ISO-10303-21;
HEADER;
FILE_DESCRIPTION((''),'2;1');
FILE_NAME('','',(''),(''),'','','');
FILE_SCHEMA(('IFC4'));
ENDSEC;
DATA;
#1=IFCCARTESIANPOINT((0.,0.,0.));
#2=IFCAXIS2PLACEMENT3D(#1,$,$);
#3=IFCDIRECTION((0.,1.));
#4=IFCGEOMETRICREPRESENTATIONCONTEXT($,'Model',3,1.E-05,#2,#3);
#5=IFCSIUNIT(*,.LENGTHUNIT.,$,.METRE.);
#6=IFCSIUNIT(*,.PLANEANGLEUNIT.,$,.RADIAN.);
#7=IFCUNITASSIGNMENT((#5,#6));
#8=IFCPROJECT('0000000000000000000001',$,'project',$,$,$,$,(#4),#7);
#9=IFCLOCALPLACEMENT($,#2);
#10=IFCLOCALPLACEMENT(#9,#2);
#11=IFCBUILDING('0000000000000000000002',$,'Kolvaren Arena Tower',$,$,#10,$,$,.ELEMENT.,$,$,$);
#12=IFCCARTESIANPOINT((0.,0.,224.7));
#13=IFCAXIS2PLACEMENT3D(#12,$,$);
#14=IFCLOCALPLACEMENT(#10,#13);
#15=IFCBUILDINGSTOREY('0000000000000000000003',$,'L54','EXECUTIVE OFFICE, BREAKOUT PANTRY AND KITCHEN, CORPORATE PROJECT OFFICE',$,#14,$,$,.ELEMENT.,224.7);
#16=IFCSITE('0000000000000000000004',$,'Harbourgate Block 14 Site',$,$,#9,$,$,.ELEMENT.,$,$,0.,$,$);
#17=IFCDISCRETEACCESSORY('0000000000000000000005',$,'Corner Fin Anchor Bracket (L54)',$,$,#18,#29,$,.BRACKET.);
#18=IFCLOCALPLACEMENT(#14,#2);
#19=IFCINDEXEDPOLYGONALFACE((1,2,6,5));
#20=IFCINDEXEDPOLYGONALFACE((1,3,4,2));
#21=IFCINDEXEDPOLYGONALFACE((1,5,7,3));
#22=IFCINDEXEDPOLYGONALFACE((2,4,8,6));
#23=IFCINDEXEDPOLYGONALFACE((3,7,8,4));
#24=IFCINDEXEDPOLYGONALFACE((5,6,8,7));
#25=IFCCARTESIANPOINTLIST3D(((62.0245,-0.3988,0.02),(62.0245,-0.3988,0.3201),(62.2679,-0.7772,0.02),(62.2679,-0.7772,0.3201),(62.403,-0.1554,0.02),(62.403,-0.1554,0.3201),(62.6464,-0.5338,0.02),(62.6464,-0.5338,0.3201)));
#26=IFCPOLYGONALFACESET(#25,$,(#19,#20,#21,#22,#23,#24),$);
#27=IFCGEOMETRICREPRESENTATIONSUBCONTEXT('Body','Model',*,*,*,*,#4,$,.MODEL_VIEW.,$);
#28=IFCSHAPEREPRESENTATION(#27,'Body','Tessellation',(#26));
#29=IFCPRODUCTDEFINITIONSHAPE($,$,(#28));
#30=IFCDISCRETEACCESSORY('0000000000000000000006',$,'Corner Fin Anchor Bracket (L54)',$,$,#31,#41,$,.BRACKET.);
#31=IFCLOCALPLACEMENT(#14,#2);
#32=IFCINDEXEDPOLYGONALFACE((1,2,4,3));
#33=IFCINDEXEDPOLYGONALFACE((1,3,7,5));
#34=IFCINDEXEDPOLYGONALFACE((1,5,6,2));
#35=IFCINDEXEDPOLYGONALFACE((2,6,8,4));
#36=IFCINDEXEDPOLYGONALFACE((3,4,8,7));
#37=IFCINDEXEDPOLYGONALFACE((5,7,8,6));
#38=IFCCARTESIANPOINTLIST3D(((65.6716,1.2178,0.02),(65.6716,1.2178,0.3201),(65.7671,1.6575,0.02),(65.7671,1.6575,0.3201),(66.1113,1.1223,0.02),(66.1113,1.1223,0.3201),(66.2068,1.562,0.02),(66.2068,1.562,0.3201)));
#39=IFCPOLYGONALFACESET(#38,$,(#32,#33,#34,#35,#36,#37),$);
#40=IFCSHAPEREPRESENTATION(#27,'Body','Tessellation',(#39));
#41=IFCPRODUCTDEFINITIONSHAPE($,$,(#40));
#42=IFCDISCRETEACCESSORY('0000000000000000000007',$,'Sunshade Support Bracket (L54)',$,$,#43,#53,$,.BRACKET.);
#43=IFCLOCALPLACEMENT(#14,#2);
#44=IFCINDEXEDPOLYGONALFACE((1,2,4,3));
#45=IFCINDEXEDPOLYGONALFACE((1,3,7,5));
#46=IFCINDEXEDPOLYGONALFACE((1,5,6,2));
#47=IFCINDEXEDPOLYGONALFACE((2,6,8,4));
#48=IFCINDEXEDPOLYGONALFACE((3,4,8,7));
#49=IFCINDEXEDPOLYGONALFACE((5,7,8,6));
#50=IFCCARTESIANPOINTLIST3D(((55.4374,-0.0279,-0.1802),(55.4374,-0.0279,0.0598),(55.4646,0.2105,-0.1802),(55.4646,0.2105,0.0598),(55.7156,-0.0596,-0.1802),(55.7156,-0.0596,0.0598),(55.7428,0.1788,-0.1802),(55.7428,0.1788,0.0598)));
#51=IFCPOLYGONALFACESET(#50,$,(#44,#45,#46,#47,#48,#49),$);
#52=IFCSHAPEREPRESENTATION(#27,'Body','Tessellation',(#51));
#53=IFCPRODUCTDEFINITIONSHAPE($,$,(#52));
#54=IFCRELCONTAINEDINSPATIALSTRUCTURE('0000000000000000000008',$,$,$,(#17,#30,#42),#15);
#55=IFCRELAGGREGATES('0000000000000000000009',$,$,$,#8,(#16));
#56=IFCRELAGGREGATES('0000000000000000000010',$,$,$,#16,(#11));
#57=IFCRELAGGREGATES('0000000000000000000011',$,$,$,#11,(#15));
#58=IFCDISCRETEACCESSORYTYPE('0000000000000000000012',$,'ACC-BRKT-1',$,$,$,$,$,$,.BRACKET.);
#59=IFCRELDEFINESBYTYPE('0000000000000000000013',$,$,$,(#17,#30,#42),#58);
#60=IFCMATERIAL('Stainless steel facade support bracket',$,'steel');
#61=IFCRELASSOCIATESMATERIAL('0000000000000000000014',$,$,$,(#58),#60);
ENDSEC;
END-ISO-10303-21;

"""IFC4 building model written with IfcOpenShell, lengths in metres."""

from ifc_helpers import new_model, si_unit, direction, frame, origin, origin_2d, place, context, subcontext, project, spatial, rectangle, extrude, material, type_object, element, save


model = new_model("IFC4")

# Units and contexts
model_context = context("Model", 3, precision=1e-05, world=origin(), true_north=direction((0.0, 1.0)))
body_context = subcontext(model_context, "Body", "Model", "MODEL_VIEW")
ifc_project = project(units=[si_unit("LENGTHUNIT", "METRE"), si_unit("PLANEANGLEUNIT", "RADIAN")], contexts=[model_context])

# Site, building, storey
site_placement = place(None, origin())
site = spatial("IfcSite", under=ifc_project, at=site_placement, Name="Harbourgate Block 14 Site", CompositionType="ELEMENT", RefElevation=0.0)
building_placement = place(site_placement, origin())
building = spatial("IfcBuilding", under=site, at=building_placement, Name="Kolvaren Arena Tower", CompositionType="ELEMENT")
storey_placement = place(building_placement, frame((0.0, 0.0, 224.7)))
storey = spatial("IfcBuildingStorey", under=building, at=storey_placement, Name="L54", Description="EXECUTIVE OFFICE, BREAKOUT PANTRY AND KITCHEN, CORPORATE PROJECT OFFICE", CompositionType="ELEMENT", Elevation=224.7)

# Discrete accessories
ifc_material_1 = material(Name="Stainless steel facade support bracket", Category="steel")
discrete_accessory_type = type_object("IfcDiscreteAccessoryType", Name="ACC-BRKT-1", PredefinedType="BRACKET", material=ifc_material_1)
for number, where, z_axis, x_axis, name in (
    (1, (62.3354, -0.4663, 0.02), (0.0, 0.0, 1.0), (0.540982, -0.841034, 0.0), "Corner Fin Anchor Bracket (L54)"),
    (2, (65.9392, 1.3899, 0.02), (0.0, 0.0, 1.0), (0.977234, -0.212162, 0.0), "Corner Fin Anchor Bracket (L54)"),
):
    element("IfcDiscreteAccessory", number, at=place(storey_placement, frame(where, z_axis=z_axis, x_axis=x_axis)), inside=storey, type_object=discrete_accessory_type, Name=name, PredefinedType="BRACKET", context=body_context, shape_type="SweptSolid", body=[
        extrude(rectangle(XDim=0.45, YDim=0.45, at=origin_2d()), origin(), (0.0, 0.0, 1.0), 0.3),
    ])
discrete_accessory_placement = place(storey_placement, frame((55.5901, 0.0754, -0.1802), z_axis=(0.0, 0.0, 1.0), x_axis=(-0.993572, 0.113205, 0.0)))
element("IfcDiscreteAccessory", 3, at=discrete_accessory_placement, inside=storey, type_object=discrete_accessory_type, Name="Sunshade Support Bracket (L54)", PredefinedType="BRACKET", context=body_context, shape_type="SweptSolid", body=[
    extrude(rectangle(XDim=0.28, YDim=0.24, at=origin_2d()), origin(), (0.0, 0.0, 1.0), 0.24),
])

save(model, "model.ifc")
